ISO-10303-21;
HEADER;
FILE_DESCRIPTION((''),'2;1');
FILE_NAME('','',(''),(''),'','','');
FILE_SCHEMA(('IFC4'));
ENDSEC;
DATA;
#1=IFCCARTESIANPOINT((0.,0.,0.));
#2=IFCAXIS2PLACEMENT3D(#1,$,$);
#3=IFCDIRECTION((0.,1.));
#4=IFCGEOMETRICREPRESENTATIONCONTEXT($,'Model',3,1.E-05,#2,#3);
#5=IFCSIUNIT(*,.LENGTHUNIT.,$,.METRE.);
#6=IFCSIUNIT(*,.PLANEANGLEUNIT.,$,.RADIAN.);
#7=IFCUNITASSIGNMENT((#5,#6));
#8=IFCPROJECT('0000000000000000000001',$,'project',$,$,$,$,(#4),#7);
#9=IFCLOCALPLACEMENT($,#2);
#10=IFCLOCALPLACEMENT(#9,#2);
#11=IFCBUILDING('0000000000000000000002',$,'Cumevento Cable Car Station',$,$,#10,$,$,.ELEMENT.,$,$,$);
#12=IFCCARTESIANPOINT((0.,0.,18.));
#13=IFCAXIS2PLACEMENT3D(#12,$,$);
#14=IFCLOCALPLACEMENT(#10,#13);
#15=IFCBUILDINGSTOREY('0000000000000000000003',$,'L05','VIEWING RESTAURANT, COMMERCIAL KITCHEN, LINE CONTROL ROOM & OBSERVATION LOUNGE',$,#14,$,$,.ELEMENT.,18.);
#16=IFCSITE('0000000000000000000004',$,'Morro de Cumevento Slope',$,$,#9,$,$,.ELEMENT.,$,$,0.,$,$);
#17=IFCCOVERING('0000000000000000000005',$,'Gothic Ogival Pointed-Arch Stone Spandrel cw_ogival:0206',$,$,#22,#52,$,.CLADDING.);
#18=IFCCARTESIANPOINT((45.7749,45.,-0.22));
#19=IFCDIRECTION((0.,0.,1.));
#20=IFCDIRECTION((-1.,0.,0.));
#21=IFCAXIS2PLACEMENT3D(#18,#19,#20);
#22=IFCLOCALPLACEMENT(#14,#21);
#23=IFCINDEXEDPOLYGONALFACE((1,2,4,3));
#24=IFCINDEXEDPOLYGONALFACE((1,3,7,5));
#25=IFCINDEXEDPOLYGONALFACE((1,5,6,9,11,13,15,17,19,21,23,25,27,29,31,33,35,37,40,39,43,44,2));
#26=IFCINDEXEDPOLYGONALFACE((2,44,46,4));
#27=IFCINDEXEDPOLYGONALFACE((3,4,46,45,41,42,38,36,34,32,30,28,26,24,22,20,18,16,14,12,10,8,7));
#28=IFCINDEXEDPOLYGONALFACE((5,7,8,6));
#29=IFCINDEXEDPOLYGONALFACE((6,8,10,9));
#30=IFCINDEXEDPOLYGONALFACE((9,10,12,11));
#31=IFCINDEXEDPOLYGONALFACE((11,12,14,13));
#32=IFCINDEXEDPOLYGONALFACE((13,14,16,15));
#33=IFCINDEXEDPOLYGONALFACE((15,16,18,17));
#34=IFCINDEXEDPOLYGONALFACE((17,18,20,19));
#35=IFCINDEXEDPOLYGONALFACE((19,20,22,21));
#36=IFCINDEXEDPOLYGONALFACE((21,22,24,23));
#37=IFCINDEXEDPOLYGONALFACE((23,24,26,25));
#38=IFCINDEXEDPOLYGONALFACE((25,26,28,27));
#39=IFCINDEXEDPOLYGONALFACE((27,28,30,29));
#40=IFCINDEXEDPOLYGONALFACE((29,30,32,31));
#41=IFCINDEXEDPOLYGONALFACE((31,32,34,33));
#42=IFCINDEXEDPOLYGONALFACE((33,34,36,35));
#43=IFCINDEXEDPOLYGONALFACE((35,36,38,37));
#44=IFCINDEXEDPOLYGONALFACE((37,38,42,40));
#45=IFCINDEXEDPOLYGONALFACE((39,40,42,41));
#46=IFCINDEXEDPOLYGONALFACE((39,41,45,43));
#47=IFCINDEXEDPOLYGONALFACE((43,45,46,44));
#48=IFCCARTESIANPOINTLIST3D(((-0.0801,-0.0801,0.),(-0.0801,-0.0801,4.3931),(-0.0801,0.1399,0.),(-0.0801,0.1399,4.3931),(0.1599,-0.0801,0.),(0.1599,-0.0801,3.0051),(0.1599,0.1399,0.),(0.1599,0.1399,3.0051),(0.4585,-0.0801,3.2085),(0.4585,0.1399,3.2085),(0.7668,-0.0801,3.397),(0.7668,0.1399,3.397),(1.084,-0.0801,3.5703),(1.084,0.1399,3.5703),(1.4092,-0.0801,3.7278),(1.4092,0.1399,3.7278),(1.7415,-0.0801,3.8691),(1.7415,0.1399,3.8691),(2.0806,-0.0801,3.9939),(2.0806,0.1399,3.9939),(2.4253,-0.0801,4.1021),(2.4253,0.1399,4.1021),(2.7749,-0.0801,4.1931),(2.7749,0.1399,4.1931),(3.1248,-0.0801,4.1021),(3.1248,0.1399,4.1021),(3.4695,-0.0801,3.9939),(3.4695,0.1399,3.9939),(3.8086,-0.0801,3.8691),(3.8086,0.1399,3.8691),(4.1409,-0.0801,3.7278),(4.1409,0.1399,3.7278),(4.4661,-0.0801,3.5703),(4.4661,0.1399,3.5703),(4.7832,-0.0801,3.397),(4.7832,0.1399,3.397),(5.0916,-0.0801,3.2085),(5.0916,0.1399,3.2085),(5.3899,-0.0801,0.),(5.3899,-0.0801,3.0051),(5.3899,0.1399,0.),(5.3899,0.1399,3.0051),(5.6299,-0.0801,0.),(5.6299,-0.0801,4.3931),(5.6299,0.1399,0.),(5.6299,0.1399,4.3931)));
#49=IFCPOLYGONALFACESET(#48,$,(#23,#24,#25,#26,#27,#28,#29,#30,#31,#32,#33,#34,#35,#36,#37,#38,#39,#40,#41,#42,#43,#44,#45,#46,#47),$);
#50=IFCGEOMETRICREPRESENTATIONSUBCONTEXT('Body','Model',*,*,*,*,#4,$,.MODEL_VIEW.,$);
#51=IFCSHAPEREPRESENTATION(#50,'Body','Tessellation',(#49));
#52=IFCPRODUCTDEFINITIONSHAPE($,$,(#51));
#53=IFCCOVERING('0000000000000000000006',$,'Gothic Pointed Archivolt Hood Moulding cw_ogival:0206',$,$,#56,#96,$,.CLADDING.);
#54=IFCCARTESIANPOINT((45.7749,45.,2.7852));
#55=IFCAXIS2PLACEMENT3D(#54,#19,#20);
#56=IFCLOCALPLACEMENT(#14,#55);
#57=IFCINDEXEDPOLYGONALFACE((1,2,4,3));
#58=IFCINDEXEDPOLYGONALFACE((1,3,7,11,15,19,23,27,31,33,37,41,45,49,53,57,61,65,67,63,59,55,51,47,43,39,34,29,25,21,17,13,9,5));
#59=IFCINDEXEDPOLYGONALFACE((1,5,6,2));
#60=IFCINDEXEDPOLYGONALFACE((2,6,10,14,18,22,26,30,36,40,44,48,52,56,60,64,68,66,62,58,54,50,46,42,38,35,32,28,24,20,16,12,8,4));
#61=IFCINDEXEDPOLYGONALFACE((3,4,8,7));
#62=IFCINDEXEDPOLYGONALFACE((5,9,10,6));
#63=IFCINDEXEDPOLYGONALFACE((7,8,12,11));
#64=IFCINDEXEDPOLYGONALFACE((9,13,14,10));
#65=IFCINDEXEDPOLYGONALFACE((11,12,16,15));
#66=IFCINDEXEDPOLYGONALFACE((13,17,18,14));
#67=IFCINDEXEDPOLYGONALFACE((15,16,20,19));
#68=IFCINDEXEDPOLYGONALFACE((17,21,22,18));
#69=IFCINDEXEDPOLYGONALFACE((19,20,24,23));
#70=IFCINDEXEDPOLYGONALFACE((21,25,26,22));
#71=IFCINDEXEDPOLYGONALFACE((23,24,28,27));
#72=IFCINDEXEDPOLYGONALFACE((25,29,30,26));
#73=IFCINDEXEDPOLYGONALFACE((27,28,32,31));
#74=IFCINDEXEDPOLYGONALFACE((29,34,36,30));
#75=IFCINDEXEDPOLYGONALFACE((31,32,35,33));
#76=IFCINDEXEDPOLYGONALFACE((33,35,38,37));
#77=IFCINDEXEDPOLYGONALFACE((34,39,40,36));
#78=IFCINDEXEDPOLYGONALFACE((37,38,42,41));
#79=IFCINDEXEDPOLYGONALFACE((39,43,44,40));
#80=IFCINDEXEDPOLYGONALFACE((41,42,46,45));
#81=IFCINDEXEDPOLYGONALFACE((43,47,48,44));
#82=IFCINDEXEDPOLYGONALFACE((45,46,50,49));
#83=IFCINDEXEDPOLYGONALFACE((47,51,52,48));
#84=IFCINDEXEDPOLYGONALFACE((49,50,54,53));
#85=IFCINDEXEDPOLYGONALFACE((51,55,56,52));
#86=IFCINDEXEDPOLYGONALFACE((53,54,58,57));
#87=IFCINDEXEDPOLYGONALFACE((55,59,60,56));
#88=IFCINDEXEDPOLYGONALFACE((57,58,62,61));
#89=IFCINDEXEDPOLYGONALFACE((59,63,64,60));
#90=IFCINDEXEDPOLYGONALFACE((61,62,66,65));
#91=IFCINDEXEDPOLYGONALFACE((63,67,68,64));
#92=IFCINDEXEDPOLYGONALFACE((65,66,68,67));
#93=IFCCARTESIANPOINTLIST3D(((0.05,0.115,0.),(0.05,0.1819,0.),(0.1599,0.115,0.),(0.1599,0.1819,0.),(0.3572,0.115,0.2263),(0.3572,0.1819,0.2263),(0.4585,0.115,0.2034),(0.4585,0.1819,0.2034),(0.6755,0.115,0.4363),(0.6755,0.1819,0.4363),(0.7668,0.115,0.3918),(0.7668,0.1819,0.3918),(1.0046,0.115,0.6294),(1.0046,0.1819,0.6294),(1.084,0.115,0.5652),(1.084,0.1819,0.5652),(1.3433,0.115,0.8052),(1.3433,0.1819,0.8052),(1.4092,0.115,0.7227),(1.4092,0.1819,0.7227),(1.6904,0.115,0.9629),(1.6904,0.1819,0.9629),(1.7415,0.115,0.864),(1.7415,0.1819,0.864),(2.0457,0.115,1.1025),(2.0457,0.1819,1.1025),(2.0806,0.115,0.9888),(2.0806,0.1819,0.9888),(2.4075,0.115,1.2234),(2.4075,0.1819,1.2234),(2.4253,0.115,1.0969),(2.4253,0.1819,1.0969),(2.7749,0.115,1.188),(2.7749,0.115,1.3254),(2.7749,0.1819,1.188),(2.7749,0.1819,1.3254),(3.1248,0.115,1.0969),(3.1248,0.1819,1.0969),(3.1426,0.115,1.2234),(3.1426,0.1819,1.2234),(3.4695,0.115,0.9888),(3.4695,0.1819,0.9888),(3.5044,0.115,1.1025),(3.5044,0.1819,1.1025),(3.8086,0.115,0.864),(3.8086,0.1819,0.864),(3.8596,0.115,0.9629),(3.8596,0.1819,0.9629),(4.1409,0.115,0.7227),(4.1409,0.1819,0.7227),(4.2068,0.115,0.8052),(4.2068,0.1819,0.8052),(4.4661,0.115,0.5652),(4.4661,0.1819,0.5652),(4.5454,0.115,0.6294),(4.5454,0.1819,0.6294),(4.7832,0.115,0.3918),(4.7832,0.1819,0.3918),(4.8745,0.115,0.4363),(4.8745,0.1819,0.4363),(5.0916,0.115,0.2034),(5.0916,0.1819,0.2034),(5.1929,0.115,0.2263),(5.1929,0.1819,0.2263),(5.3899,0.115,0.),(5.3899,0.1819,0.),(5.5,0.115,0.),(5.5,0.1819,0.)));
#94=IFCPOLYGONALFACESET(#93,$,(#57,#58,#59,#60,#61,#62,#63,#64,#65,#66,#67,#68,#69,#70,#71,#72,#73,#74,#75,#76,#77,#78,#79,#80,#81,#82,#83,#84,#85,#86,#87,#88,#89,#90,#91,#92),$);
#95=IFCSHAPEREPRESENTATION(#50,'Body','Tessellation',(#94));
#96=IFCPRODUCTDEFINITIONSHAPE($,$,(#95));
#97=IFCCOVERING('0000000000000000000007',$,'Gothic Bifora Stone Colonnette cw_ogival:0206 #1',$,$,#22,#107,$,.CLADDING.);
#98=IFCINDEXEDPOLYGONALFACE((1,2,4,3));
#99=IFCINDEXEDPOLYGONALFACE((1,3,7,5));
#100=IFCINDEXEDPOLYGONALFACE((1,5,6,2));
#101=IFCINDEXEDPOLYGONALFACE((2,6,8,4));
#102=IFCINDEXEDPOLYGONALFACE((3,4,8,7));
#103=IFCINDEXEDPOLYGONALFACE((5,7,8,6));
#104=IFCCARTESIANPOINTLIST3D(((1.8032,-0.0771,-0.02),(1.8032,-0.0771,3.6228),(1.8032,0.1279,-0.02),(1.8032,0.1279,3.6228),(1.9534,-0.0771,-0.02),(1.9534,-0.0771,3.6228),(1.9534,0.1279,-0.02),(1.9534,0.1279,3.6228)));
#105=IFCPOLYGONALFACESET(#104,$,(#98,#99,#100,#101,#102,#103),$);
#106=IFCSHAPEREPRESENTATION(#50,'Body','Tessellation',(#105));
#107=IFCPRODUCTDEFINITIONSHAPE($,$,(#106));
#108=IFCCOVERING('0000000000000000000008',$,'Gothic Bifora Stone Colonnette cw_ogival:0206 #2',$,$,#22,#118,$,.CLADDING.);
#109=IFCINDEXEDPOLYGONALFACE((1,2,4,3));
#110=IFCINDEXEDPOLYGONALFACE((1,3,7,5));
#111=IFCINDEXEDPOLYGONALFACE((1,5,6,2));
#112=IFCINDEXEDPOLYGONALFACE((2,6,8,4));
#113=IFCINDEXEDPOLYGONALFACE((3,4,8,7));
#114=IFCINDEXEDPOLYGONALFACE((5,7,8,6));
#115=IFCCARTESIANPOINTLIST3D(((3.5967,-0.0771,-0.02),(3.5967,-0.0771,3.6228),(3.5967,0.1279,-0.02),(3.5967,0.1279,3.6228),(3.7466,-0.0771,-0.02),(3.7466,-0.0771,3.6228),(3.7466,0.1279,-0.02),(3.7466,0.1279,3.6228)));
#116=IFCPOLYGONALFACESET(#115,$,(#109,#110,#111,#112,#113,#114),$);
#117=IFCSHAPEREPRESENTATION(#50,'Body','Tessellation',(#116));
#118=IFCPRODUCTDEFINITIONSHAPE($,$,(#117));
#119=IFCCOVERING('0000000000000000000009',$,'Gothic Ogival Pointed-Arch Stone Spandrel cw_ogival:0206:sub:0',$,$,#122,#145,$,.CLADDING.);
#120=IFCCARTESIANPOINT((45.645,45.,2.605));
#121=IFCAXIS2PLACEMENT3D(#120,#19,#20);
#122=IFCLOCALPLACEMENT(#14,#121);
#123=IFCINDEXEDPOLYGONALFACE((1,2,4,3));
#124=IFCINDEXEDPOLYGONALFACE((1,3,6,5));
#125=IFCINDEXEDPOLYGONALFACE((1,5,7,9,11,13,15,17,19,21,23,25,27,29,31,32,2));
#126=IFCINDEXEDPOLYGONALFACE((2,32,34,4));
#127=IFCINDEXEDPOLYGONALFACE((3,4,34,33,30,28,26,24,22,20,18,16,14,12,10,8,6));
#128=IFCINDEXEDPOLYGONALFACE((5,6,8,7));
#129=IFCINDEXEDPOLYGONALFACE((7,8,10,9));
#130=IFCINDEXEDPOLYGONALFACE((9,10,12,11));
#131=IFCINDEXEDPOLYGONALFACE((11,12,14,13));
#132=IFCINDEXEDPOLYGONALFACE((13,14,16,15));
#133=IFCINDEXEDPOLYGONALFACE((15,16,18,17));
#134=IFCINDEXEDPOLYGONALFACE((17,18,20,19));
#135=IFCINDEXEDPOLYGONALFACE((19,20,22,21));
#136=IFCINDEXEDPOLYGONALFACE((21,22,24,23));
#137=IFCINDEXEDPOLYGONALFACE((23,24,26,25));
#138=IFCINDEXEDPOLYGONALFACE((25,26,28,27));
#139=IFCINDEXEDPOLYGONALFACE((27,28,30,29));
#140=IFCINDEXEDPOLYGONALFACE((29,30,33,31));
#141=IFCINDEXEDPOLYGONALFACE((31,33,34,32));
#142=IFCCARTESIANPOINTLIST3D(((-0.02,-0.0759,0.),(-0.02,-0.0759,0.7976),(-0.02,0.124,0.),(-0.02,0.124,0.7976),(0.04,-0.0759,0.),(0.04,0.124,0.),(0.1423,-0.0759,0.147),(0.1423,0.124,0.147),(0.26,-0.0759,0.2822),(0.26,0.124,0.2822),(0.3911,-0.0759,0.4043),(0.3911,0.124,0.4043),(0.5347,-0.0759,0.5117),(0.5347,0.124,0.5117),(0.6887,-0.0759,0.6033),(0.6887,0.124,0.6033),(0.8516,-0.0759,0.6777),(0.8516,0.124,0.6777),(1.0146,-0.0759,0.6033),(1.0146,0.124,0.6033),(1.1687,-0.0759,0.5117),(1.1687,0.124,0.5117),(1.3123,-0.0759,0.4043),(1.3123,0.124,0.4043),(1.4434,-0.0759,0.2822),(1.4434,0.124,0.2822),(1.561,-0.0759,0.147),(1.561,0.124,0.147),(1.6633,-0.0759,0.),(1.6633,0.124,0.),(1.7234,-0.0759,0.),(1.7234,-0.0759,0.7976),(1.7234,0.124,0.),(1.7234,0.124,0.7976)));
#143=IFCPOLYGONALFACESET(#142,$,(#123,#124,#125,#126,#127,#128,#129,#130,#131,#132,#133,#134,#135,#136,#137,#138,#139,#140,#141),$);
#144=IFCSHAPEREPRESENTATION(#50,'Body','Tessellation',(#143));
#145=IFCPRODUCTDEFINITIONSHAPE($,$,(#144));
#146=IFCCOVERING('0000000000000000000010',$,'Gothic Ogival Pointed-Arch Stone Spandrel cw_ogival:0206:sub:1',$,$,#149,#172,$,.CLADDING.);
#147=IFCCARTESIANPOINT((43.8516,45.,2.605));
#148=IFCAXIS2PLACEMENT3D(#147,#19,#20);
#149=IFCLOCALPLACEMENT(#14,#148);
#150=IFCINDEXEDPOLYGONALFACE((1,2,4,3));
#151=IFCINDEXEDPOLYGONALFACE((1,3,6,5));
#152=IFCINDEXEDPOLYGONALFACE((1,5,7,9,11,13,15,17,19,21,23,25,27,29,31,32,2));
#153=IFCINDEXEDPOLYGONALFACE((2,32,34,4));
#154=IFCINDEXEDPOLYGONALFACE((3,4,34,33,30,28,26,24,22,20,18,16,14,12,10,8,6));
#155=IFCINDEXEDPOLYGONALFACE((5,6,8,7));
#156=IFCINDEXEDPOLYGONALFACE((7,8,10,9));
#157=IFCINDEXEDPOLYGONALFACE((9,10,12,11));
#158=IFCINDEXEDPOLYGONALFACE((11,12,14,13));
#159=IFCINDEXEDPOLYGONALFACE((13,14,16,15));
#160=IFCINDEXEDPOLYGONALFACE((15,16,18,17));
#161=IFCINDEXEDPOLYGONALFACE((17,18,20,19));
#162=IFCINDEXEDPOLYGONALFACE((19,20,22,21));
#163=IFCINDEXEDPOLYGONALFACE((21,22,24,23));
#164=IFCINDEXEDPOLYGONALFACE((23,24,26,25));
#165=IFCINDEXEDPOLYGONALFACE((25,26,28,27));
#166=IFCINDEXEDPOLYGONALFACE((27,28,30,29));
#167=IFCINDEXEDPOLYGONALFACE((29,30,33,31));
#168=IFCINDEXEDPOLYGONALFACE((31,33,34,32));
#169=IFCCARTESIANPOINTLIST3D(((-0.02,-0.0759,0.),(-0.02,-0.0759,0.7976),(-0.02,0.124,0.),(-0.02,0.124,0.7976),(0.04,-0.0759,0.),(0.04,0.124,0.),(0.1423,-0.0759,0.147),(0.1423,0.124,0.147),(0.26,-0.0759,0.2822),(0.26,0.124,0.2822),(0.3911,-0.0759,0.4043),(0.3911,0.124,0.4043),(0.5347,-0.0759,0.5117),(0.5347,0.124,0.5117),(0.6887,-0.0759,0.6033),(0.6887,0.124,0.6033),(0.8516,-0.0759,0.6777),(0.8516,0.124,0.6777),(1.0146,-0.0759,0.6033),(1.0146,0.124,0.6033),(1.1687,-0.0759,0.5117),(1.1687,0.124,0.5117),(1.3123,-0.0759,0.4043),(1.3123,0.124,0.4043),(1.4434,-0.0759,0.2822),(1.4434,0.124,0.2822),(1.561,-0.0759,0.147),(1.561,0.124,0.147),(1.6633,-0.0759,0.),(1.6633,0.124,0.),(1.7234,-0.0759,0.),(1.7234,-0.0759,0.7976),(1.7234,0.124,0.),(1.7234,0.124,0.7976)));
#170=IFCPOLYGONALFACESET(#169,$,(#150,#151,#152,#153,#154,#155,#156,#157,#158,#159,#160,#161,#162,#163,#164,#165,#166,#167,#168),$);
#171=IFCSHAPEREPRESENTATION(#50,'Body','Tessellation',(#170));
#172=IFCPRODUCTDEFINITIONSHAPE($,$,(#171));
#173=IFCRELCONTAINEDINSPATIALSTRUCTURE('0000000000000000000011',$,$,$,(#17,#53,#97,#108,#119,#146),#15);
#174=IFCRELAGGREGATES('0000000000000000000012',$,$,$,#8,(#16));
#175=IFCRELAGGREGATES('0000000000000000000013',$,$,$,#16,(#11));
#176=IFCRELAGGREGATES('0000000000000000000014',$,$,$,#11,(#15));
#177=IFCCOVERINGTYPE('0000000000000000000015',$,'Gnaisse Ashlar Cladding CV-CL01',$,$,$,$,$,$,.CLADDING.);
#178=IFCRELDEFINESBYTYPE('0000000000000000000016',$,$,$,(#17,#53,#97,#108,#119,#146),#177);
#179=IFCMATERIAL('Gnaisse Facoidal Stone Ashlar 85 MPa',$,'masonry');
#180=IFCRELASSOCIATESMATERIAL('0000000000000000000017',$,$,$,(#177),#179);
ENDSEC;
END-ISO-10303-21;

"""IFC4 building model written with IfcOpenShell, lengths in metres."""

from ifc_helpers import new_model, si_unit, direction, frame, origin, place, context, subcontext, project, spatial, polyline, outline, extrude, material, type_object, element, save


model = new_model("IFC4")

# Units and contexts
model_context = context("Model", 3, precision=1e-05, world=origin(), true_north=direction((0.0, 1.0)))
body_context = subcontext(model_context, "Body", "Model", "MODEL_VIEW")
ifc_project = project(units=[si_unit("LENGTHUNIT", "METRE"), si_unit("PLANEANGLEUNIT", "RADIAN")], contexts=[model_context])

# Site, building, storey
site_placement = place(None, origin())
site = spatial("IfcSite", under=ifc_project, at=site_placement, Name="Morro de Cumevento Slope", CompositionType="ELEMENT", RefElevation=0.0)
building_placement = place(site_placement, origin())
building = spatial("IfcBuilding", under=site, at=building_placement, Name="Cumevento Cable Car Station", CompositionType="ELEMENT")
storey_placement = place(building_placement, frame((0.0, 0.0, 18.0)))
storey = spatial("IfcBuildingStorey", under=building, at=storey_placement, Name="L05", Description="VIEWING RESTAURANT, COMMERCIAL KITCHEN, LINE CONTROL ROOM & OBSERVATION LOUNGE", CompositionType="ELEMENT", Elevation=18.0)

# Coverings
ifc_material_1 = material(Name="Gnaisse Facoidal Stone Ashlar 85 MPa", Category="masonry")
covering_type = type_object("IfcCoveringType", Name="Gnaisse Ashlar Cladding CV-CL01", PredefinedType="CLADDING", material=ifc_material_1)
placement = place(storey_placement, frame((45.7749, 45.0, -0.22), z_axis=(0.0, 0.0, 1.0), x_axis=(-1.0, 0.0, 0.0)))
element("IfcCovering", 1, at=placement, inside=storey, type_object=covering_type, Name="Gothic Ogival Pointed-Arch Stone Spandrel cw_ogival:0206", PredefinedType="CLADDING", context=body_context, shape_type="SweptSolid", body=[
    extrude(outline(polyline([(-0.0801, 0.0), (-0.0801, 4.3931), (5.6299, 4.3931), (5.6299, 0.0), (5.3899, 0.0), (5.3899, 3.0051), (5.0916, 3.2085), (4.7832, 3.397), (4.4661, 3.5703), (4.1409, 3.7278), (3.8086, 3.8691), (3.4695, 3.9939), (3.1248, 4.1021), (2.7749, 4.1931), (2.4253, 4.1021), (2.0806, 3.9939), (1.7415, 3.8691), (1.4092, 3.7278), (1.084, 3.5703), (0.7668, 3.397), (0.4585, 3.2085), (0.1599, 3.0051), (0.1599, 0.0), (-0.0801, 0.0)])), frame((0.0, 0.1399, 0.0), z_axis=(0.0, -1.0, 0.0), x_axis=(1.0, 0.0, 0.0)), (0.0, 0.0, 1.0), 0.22),
])
covering_1_placement = place(storey_placement, frame((45.7749, 45.0, 2.7852), z_axis=(0.0, 0.0, 1.0), x_axis=(-1.0, 0.0, 0.0)))
element("IfcCovering", 2, at=covering_1_placement, inside=storey, type_object=covering_type, Name="Gothic Pointed Archivolt Hood Moulding cw_ogival:0206", PredefinedType="CLADDING", context=body_context, shape_type="SweptSolid", body=[
    extrude(outline(polyline([(0.1599, 0.0), (0.4585, 0.2034), (0.7668, 0.3918), (1.084, 0.5652), (1.4092, 0.7227), (1.7415, 0.864), (2.0806, 0.9888), (2.4253, 1.0969), (2.7749, 1.188), (3.1248, 1.0969), (3.4695, 0.9888), (3.8086, 0.864), (4.1409, 0.7227), (4.4661, 0.5652), (4.7832, 0.3918), (5.0916, 0.2034), (5.3899, 0.0), (5.5, 0.0), (5.1929, 0.2263), (4.8745, 0.4363), (4.5454, 0.6294), (4.2068, 0.8052), (3.8596, 0.9629), (3.5044, 1.1025), (3.1426, 1.2234), (2.7749, 1.3254), (2.4075, 1.2234), (2.0457, 1.1025), (1.6904, 0.9629), (1.3433, 0.8052), (1.0046, 0.6294), (0.6755, 0.4363), (0.3572, 0.2263), (0.05, 0.0), (0.1599, 0.0)])), frame((0.0, 0.1819, 0.0), z_axis=(0.0, -1.0, 0.0), x_axis=(1.0, 0.0, 0.0)), (0.0, 0.0, 1.0), 0.0669),
])
element("IfcCovering", 3, at=placement, inside=storey, type_object=covering_type, Name="Gothic Bifora Stone Colonnette cw_ogival:0206 #1", PredefinedType="CLADDING", context=body_context, shape_type="SweptSolid", body=[
    extrude(outline(polyline([(1.8032, -0.02), (1.9534, -0.02), (1.9534, 3.6228), (1.8032, 3.6228), (1.8032, -0.02)])), frame((0.0, 0.1279, 0.0), z_axis=(0.0, -1.0, 0.0), x_axis=(1.0, 0.0, 0.0)), (0.0, 0.0, 1.0), 0.2051),
])
element("IfcCovering", 4, at=placement, inside=storey, type_object=covering_type, Name="Gothic Bifora Stone Colonnette cw_ogival:0206 #2", PredefinedType="CLADDING", context=body_context, shape_type="SweptSolid", body=[
    extrude(outline(polyline([(3.5967, -0.02), (3.7466, -0.02), (3.7466, 3.6228), (3.5967, 3.6228), (3.5967, -0.02)])), frame((0.0, 0.1279, 0.0), z_axis=(0.0, -1.0, 0.0), x_axis=(1.0, 0.0, 0.0)), (0.0, 0.0, 1.0), 0.2051),
])
for number, where, z_axis, x_axis, name in (
    (5, (45.645, 45.0, 2.605), (0.0, 0.0, 1.0), (-1.0, 0.0, 0.0), "Gothic Ogival Pointed-Arch Stone Spandrel cw_ogival:0206:sub:0"),
    (6, (43.8516, 45.0, 2.605), (0.0, 0.0, 1.0), (-1.0, 0.0, 0.0), "Gothic Ogival Pointed-Arch Stone Spandrel cw_ogival:0206:sub:1"),
):
    element("IfcCovering", number, at=place(storey_placement, frame(where, z_axis=z_axis, x_axis=x_axis)), inside=storey, type_object=covering_type, Name=name, PredefinedType="CLADDING", context=body_context, shape_type="SweptSolid", body=[
        extrude(outline(polyline([(-0.02, 0.0), (-0.02, 0.7976), (1.7234, 0.7976), (1.7234, 0.0), (1.6633, 0.0), (1.561, 0.147), (1.4434, 0.2822), (1.3123, 0.4043), (1.1687, 0.5117), (1.0146, 0.6033), (0.8516, 0.6777), (0.6887, 0.6033), (0.5347, 0.5117), (0.3911, 0.4043), (0.26, 0.2822), (0.1423, 0.147), (0.04, 0.0), (-0.02, 0.0)])), frame((0.0, 0.124, 0.0), z_axis=(0.0, -1.0, 0.0), x_axis=(1.0, 0.0, 0.0)), (0.0, 0.0, 1.0), 0.2),
    ])

save(model, "model.ifc")
